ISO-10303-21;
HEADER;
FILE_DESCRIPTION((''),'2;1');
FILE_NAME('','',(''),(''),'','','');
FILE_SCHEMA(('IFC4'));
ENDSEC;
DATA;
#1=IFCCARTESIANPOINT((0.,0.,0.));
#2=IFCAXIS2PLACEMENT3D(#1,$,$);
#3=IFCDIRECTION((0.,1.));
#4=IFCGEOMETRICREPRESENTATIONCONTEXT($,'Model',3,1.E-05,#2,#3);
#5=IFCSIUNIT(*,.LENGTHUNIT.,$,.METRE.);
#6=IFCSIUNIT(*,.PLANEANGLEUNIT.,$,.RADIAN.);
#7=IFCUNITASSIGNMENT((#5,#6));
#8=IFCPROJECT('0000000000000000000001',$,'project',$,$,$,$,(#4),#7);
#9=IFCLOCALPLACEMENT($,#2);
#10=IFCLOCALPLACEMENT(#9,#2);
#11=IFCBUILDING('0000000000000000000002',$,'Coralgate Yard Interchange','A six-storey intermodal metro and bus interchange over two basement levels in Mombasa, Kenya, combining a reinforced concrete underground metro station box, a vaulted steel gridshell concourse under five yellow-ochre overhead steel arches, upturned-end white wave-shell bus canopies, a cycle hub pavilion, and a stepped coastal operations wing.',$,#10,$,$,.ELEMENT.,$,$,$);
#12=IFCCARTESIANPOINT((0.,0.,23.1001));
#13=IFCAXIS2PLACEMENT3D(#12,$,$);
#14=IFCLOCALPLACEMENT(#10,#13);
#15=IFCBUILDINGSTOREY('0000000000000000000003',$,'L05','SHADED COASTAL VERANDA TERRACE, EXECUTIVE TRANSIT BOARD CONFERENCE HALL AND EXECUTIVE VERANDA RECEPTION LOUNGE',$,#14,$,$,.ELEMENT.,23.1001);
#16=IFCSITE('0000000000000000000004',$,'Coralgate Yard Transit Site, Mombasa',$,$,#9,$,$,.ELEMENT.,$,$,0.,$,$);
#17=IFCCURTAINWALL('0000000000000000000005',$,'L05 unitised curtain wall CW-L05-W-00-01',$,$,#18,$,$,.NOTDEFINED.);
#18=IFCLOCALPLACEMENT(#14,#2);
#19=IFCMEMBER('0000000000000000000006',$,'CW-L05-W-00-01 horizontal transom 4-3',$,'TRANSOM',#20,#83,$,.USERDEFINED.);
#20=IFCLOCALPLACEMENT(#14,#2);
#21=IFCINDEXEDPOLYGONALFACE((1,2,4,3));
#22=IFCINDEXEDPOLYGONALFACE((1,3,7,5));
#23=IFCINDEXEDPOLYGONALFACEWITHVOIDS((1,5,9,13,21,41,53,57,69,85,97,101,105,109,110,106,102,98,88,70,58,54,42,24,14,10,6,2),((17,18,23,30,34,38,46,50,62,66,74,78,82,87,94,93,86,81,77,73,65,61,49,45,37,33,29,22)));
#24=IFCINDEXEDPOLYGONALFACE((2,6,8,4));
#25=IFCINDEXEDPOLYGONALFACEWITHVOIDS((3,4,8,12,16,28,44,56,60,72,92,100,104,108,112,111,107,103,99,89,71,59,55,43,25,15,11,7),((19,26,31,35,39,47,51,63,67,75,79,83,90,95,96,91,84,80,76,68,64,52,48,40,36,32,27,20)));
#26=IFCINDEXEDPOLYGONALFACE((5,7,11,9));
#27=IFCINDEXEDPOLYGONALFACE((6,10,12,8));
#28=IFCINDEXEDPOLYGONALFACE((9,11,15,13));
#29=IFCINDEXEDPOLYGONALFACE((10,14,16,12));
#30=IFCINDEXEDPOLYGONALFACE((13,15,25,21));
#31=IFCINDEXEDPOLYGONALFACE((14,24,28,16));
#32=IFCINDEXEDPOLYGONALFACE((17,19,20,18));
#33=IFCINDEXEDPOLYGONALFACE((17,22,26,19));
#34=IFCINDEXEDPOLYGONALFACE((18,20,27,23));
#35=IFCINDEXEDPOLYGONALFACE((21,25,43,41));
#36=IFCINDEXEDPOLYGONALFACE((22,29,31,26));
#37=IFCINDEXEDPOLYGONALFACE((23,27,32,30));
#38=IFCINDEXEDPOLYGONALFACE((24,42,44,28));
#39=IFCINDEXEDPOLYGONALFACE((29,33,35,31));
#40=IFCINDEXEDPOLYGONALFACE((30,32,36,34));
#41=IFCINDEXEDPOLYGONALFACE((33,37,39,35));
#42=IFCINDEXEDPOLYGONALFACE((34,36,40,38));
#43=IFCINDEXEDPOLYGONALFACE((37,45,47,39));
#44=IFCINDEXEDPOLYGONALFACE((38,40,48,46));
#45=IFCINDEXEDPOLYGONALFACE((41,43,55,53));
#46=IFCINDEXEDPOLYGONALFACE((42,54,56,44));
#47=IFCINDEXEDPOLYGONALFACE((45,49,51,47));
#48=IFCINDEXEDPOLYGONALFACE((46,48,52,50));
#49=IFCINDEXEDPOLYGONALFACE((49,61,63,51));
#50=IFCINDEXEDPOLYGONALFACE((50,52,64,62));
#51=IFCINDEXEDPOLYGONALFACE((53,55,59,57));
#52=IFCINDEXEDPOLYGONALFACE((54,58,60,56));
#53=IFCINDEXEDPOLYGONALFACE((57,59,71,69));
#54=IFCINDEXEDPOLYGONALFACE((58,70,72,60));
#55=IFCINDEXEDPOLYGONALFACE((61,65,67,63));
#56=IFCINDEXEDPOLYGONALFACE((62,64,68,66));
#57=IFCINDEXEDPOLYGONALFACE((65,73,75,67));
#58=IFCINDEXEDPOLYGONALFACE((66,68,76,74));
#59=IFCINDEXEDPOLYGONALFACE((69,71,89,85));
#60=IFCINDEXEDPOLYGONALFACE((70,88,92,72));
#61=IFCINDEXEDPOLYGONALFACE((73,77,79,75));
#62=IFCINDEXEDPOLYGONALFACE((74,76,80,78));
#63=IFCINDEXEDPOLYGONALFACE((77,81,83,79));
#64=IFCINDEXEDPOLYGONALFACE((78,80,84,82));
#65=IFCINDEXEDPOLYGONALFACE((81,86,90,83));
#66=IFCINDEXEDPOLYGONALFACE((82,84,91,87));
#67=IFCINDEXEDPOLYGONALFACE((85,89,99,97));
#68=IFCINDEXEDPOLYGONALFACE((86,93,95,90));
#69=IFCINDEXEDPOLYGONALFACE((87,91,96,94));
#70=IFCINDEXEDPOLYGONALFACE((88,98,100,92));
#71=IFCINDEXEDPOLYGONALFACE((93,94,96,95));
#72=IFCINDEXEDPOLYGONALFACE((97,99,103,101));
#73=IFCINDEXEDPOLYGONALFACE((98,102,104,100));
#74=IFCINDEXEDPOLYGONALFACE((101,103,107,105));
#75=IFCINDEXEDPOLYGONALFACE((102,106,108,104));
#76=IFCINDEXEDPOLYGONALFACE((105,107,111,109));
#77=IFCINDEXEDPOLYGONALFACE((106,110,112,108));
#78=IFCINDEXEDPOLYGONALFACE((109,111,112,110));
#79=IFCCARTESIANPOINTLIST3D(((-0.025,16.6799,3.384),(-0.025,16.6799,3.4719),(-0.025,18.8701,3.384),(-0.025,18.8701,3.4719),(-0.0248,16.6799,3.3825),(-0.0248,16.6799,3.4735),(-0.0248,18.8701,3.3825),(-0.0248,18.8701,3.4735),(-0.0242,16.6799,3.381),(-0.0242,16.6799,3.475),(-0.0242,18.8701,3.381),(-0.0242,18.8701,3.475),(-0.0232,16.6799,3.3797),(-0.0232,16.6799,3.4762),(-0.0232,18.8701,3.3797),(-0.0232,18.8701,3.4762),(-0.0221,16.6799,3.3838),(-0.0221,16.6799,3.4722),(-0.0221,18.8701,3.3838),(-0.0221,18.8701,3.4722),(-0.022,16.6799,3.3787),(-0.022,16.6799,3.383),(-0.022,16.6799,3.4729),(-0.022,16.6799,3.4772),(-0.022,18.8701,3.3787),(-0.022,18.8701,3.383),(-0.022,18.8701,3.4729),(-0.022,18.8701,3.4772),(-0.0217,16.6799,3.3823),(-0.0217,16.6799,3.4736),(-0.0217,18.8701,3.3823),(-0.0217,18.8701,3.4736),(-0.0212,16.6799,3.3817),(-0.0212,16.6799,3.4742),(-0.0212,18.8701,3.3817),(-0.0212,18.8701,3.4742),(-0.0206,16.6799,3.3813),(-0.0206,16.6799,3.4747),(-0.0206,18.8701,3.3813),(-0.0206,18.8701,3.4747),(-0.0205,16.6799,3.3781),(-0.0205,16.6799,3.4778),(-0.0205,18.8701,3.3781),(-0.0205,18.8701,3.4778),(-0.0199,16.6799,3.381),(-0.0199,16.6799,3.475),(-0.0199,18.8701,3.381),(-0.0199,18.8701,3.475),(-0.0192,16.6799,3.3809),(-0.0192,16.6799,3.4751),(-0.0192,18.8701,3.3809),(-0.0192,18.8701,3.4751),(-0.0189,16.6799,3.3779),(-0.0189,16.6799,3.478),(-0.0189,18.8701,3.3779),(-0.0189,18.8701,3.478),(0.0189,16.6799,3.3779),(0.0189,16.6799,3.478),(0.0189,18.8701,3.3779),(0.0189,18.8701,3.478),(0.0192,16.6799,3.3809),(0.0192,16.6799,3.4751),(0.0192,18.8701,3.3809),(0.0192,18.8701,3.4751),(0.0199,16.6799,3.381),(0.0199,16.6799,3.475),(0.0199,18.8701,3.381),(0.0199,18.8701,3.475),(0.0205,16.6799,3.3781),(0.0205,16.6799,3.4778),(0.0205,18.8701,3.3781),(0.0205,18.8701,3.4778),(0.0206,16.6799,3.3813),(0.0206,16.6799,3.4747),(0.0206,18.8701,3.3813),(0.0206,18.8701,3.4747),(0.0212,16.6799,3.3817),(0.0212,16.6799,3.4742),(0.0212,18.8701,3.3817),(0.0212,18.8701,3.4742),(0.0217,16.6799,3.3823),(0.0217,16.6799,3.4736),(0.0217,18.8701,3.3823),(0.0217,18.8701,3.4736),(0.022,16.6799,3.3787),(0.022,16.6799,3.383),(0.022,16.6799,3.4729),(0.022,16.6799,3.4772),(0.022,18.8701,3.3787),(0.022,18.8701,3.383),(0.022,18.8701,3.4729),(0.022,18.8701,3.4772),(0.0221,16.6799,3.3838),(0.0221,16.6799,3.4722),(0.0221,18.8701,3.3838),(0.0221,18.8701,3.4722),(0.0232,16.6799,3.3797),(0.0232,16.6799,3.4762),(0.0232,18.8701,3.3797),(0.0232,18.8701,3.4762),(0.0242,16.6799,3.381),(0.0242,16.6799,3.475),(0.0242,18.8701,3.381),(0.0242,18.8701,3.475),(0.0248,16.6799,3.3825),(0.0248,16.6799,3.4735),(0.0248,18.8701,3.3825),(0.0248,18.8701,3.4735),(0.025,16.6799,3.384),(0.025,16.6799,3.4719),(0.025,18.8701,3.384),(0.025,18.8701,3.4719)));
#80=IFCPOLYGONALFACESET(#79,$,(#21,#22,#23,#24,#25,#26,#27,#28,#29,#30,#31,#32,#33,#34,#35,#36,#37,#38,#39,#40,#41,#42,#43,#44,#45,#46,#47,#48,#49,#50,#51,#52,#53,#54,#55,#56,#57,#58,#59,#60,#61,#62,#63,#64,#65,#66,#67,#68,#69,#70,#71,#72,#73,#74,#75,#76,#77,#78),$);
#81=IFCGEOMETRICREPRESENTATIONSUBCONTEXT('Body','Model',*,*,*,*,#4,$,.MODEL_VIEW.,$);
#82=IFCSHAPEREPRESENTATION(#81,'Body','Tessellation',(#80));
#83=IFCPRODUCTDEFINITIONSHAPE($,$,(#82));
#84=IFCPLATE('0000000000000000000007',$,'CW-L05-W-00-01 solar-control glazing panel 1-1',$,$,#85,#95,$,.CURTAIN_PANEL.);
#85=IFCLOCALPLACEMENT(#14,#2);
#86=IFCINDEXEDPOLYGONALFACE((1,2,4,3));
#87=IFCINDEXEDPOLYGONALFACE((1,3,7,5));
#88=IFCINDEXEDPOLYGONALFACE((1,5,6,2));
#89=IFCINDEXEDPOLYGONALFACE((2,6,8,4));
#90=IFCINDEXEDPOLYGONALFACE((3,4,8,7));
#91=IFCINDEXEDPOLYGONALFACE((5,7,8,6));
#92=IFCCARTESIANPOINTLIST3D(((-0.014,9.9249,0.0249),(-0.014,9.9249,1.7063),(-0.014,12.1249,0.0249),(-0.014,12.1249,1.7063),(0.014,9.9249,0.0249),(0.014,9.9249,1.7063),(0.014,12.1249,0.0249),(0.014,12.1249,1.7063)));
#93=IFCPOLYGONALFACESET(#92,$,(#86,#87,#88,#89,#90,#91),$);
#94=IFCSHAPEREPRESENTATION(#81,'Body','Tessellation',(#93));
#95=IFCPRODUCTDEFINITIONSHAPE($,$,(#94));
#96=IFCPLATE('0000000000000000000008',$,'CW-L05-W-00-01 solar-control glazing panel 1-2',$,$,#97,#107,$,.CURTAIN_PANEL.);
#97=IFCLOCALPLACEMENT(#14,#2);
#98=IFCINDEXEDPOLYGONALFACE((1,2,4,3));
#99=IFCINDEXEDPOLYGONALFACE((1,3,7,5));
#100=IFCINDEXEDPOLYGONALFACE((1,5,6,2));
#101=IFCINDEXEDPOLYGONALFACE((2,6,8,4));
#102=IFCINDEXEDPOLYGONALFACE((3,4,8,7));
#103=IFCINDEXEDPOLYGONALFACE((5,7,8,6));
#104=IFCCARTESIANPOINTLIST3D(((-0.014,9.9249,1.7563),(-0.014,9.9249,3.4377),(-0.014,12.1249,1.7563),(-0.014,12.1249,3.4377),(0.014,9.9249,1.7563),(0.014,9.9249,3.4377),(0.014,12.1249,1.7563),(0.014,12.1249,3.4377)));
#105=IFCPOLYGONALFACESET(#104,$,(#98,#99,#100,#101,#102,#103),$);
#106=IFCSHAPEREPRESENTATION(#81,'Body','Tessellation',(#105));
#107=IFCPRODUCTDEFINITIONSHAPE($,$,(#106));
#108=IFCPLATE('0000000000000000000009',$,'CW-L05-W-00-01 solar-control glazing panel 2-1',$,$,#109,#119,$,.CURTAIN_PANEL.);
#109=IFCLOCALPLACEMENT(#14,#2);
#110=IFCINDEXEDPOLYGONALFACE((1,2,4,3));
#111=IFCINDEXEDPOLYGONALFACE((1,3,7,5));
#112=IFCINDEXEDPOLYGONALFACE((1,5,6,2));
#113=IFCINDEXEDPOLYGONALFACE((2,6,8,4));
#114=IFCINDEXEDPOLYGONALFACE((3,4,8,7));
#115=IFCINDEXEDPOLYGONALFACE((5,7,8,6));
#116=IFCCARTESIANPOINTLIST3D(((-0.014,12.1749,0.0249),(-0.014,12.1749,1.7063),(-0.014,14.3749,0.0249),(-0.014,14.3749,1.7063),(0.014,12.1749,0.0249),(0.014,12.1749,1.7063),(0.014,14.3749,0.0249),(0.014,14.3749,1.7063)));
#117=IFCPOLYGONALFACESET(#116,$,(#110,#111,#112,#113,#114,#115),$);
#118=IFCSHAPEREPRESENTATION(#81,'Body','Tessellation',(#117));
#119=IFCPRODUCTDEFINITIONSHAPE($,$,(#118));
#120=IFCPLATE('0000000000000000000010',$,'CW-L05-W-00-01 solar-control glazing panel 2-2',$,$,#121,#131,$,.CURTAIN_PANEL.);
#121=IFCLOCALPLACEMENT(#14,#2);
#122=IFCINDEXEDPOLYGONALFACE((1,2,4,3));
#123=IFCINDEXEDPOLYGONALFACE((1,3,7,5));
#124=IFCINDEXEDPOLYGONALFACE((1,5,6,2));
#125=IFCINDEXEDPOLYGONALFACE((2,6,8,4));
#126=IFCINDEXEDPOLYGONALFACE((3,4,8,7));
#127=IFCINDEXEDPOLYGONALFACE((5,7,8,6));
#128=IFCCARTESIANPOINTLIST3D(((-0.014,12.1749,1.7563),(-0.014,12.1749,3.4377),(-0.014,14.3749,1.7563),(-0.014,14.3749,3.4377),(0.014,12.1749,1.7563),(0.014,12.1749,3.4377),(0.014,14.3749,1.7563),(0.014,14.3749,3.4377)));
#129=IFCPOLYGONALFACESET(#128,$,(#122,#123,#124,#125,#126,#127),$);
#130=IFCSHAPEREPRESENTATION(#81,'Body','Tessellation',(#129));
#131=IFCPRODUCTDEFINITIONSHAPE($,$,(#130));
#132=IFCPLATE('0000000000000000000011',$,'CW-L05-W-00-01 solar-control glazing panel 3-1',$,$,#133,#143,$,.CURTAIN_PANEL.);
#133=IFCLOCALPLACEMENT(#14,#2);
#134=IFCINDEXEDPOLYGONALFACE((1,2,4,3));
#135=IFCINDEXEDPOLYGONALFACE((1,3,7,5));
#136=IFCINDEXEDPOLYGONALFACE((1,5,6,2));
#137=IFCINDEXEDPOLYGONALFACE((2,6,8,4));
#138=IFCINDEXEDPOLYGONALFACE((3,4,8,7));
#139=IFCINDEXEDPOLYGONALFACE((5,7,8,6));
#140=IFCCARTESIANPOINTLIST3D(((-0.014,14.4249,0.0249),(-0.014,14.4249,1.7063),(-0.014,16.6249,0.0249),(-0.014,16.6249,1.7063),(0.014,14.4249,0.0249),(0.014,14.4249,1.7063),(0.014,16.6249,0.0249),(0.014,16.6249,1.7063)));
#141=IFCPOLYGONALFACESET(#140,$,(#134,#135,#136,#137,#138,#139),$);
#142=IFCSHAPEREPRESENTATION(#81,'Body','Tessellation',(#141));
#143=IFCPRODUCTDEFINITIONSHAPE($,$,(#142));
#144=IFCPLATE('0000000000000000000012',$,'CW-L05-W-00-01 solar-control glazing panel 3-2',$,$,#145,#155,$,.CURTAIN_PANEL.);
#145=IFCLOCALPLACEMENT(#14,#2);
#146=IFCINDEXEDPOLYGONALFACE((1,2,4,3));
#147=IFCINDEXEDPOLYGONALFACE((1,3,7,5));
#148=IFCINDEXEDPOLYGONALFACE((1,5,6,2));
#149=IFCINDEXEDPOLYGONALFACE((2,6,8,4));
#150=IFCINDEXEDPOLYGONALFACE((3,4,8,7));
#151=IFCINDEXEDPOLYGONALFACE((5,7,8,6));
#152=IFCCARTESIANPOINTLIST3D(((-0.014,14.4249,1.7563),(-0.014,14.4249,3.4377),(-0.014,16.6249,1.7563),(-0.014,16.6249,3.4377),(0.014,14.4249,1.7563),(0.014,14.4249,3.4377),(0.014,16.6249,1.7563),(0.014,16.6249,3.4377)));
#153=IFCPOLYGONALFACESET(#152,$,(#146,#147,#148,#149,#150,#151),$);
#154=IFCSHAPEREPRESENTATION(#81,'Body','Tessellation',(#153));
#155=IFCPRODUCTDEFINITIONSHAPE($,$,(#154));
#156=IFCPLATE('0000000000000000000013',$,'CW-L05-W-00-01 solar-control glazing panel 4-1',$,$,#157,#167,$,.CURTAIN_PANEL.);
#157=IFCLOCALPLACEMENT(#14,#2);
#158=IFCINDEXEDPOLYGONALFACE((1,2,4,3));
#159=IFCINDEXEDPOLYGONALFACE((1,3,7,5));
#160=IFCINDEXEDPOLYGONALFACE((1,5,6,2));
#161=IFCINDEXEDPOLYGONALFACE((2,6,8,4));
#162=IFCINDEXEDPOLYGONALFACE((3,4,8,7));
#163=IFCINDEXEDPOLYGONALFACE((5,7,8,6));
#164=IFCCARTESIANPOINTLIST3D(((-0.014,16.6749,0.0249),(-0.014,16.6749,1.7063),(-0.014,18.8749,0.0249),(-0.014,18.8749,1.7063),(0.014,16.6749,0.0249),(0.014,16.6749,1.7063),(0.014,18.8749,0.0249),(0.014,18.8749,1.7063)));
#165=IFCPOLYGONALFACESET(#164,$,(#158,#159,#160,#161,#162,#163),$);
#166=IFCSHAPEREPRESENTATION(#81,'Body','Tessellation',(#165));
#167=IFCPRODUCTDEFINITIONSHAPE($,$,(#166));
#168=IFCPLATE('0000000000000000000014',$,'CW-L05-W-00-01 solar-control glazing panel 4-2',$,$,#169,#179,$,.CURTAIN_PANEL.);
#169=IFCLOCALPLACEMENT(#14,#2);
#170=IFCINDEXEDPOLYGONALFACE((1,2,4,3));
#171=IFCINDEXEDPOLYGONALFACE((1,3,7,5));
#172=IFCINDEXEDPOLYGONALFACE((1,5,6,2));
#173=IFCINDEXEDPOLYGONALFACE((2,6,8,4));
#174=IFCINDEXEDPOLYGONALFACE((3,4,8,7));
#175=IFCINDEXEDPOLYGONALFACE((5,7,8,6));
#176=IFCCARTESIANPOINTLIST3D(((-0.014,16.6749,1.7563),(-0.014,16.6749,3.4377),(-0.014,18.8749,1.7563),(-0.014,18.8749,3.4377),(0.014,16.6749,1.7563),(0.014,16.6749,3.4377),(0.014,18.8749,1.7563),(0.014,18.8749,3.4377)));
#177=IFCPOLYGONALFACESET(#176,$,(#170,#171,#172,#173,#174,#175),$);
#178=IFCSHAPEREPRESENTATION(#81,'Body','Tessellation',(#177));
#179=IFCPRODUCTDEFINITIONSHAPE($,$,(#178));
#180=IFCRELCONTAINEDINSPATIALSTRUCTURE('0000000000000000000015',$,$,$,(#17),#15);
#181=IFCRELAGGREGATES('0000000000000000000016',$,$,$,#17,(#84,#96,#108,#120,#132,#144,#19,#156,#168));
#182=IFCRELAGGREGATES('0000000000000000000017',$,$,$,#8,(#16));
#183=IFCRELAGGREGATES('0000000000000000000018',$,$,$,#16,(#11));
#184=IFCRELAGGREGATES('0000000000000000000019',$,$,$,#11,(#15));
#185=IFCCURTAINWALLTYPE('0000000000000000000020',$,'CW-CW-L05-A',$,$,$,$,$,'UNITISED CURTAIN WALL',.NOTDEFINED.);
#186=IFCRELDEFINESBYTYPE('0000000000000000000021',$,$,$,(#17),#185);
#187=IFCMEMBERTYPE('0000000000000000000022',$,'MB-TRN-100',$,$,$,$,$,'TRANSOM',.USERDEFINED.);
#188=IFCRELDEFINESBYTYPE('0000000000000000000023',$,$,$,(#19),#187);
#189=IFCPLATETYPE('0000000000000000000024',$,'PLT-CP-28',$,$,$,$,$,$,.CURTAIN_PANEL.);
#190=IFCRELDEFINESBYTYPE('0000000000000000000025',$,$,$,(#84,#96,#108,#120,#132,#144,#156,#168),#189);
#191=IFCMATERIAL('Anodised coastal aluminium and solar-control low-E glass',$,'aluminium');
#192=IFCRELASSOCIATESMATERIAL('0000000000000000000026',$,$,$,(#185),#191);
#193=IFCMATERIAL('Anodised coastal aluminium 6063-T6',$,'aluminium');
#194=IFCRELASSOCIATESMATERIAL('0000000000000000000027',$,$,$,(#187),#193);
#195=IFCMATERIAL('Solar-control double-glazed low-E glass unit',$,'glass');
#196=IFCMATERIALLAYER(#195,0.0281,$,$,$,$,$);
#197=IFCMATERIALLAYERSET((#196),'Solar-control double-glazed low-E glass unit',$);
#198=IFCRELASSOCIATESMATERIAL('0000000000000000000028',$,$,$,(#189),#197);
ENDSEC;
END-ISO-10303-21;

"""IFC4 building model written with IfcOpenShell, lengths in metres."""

from ifc_helpers import new_model, si_unit, direction, frame, origin, origin_2d, place, context, subcontext, project, spatial, rectangle, hollow_rectangle, extrude, material, layer, layer_set, material_profile, profile_set, type_object, element, aggregate, save


model = new_model("IFC4")

# Units and contexts
model_context = context("Model", 3, precision=1e-05, world=origin(), true_north=direction((0.0, 1.0)))
body_context = subcontext(model_context, "Body", "Model", "MODEL_VIEW")
ifc_project = project(units=[si_unit("LENGTHUNIT", "METRE"), si_unit("PLANEANGLEUNIT", "RADIAN")], contexts=[model_context])

# Site, building, storey
site_placement = place(None, origin())
site = spatial("IfcSite", under=ifc_project, at=site_placement, Name="Coralgate Yard Transit Site, Mombasa", CompositionType="ELEMENT", RefElevation=0.0)
building_placement = place(site_placement, origin())
building = spatial("IfcBuilding", under=site, at=building_placement, Name="Coralgate Yard Interchange", Description="A six-storey intermodal metro and bus interchange over two basement levels in Mombasa, Kenya, combining a reinforced concrete underground metro station box, a vaulted steel gridshell concourse under five yellow-ochre overhead steel arches, upturned-end white wave-shell bus canopies, a cycle hub pavilion, and a stepped coastal operations wing.", CompositionType="ELEMENT")
storey_placement = place(building_placement, frame((0.0, 0.0, 23.1001)))
storey = spatial("IfcBuildingStorey", under=building, at=storey_placement, Name="L05", Description="SHADED COASTAL VERANDA TERRACE, EXECUTIVE TRANSIT BOARD CONFERENCE HALL AND EXECUTIVE VERANDA RECEPTION LOUNGE", CompositionType="ELEMENT", Elevation=23.1001)

# Curtain wall, member, plates
ifc_material_1 = material(Name="Anodised coastal aluminium and solar-control low-E glass", Category="aluminium")
curtain_wall_type = type_object("IfcCurtainWallType", Name="CW-CW-L05-A", ElementType="UNITISED CURTAIN WALL", PredefinedType="NOTDEFINED", material=ifc_material_1)
curtain_wall_placement = place(storey_placement, origin())
curtain_wall = element("IfcCurtainWall", 1, at=curtain_wall_placement, inside=storey, type_object=curtain_wall_type, Name="L05 unitised curtain wall CW-L05-W-00-01", PredefinedType="NOTDEFINED")
ifc_material_2 = material(Name="Anodised coastal aluminium 6063-T6", Category="aluminium")
ifc_material_profile_1 = material_profile(ifc_material_2, hollow_rectangle(XDim=0.05, YDim=0.1001, WallThickness=0.0029, InnerFilletRadius=0.0029, OuterFilletRadius=0.0061, at=origin_2d()), Name="ALU 50x100x3")
ifc_profile_set_1 = profile_set([ifc_material_profile_1], Name="Anodised coastal aluminium 6063-T6")
member_type_1 = type_object("IfcMemberType", Name="MB-TRN-100", ElementType="TRANSOM", PredefinedType="USERDEFINED", material=ifc_profile_set_1)
member_1_placement = place(storey_placement, frame((0.0, 16.6799, 3.428), z_axis=(0.0, 1.0, 0.0), x_axis=(-1.0, 0.0, 0.0)))
member_1 = element("IfcMember", 2, at=member_1_placement, type_object=member_type_1, Name="CW-L05-W-00-01 horizontal transom 4-3", ObjectType="TRANSOM", PredefinedType="USERDEFINED", context=body_context, shape_type="SweptSolid", body=[
    extrude(hollow_rectangle(XDim=0.05, YDim=0.1001, WallThickness=0.0029, InnerFilletRadius=0.0029, OuterFilletRadius=0.0061, at=origin_2d()), origin(), (0.0, 0.0, 1.0), 2.1902),
])
ifc_material_3 = material(Name="Solar-control double-glazed low-E glass unit", Category="glass")
ifc_layer = layer(ifc_material_3, 0.0281)
ifc_layer_set = layer_set([ifc_layer], Name="Solar-control double-glazed low-E glass unit")
plate_type = type_object("IfcPlateType", Name="PLT-CP-28", PredefinedType="CURTAIN_PANEL", material=ifc_layer_set)
plate_1_placement = place(storey_placement, frame((0.0, 11.0249, 0.0249), z_axis=(0.0, 0.0, 1.0), x_axis=(0.0, 1.0, 0.0)))
plate_1 = element("IfcPlate", 3, at=plate_1_placement, type_object=plate_type, Name="CW-L05-W-00-01 solar-control glazing panel 1-1", PredefinedType="CURTAIN_PANEL", context=body_context, shape_type="SweptSolid", body=[
    extrude(rectangle(XDim=2.2, YDim=0.0281, at=origin_2d()), origin(), (0.0, 0.0, 1.0), 1.6814),
])
plate_2_placement = place(storey_placement, frame((0.0, 11.0249, 1.7563), z_axis=(0.0, 0.0, 1.0), x_axis=(0.0, 1.0, 0.0)))
plate_2 = element("IfcPlate", 4, at=plate_2_placement, type_object=plate_type, Name="CW-L05-W-00-01 solar-control glazing panel 1-2", PredefinedType="CURTAIN_PANEL", context=body_context, shape_type="SweptSolid", body=[
    extrude(rectangle(XDim=2.2, YDim=0.0281, at=origin_2d()), origin(), (0.0, 0.0, 1.0), 1.6814),
])
plate_3_placement = place(storey_placement, frame((0.0, 13.2749, 0.0249), z_axis=(0.0, 0.0, 1.0), x_axis=(0.0, 1.0, 0.0)))
plate_3 = element("IfcPlate", 5, at=plate_3_placement, type_object=plate_type, Name="CW-L05-W-00-01 solar-control glazing panel 2-1", PredefinedType="CURTAIN_PANEL", context=body_context, shape_type="SweptSolid", body=[
    extrude(rectangle(XDim=2.2, YDim=0.0281, at=origin_2d()), origin(), (0.0, 0.0, 1.0), 1.6814),
])
plate_4_placement = place(storey_placement, frame((0.0, 13.2749, 1.7563), z_axis=(0.0, 0.0, 1.0), x_axis=(0.0, 1.0, 0.0)))
plate_4 = element("IfcPlate", 6, at=plate_4_placement, type_object=plate_type, Name="CW-L05-W-00-01 solar-control glazing panel 2-2", PredefinedType="CURTAIN_PANEL", context=body_context, shape_type="SweptSolid", body=[
    extrude(rectangle(XDim=2.2, YDim=0.0281, at=origin_2d()), origin(), (0.0, 0.0, 1.0), 1.6814),
])
plate_5_placement = place(storey_placement, frame((0.0, 15.5249, 0.0249), z_axis=(0.0, 0.0, 1.0), x_axis=(0.0, 1.0, 0.0)))
plate_5 = element("IfcPlate", 7, at=plate_5_placement, type_object=plate_type, Name="CW-L05-W-00-01 solar-control glazing panel 3-1", PredefinedType="CURTAIN_PANEL", context=body_context, shape_type="SweptSolid", body=[
    extrude(rectangle(XDim=2.2, YDim=0.0281, at=origin_2d()), origin(), (0.0, 0.0, 1.0), 1.6814),
])
plate_6_placement = place(storey_placement, frame((0.0, 15.5249, 1.7563), z_axis=(0.0, 0.0, 1.0), x_axis=(0.0, 1.0, 0.0)))
plate_6 = element("IfcPlate", 8, at=plate_6_placement, type_object=plate_type, Name="CW-L05-W-00-01 solar-control glazing panel 3-2", PredefinedType="CURTAIN_PANEL", context=body_context, shape_type="SweptSolid", body=[
    extrude(rectangle(XDim=2.2, YDim=0.0281, at=origin_2d()), origin(), (0.0, 0.0, 1.0), 1.6814),
])
plate_7_placement = place(storey_placement, frame((0.0, 17.7749, 0.0249), z_axis=(0.0, 0.0, 1.0), x_axis=(0.0, 1.0, 0.0)))
plate_7 = element("IfcPlate", 9, at=plate_7_placement, type_object=plate_type, Name="CW-L05-W-00-01 solar-control glazing panel 4-1", PredefinedType="CURTAIN_PANEL", context=body_context, shape_type="SweptSolid", body=[
    extrude(rectangle(XDim=2.2, YDim=0.0281, at=origin_2d()), origin(), (0.0, 0.0, 1.0), 1.6814),
])
plate_8_placement = place(storey_placement, frame((0.0, 17.7749, 1.7563), z_axis=(0.0, 0.0, 1.0), x_axis=(0.0, 1.0, 0.0)))
plate_8 = element("IfcPlate", 10, at=plate_8_placement, type_object=plate_type, Name="CW-L05-W-00-01 solar-control glazing panel 4-2", PredefinedType="CURTAIN_PANEL", context=body_context, shape_type="SweptSolid", body=[
    extrude(rectangle(XDim=2.2, YDim=0.0281, at=origin_2d()), origin(), (0.0, 0.0, 1.0), 1.6814),
])
aggregate(curtain_wall, [plate_1, plate_2, plate_3, plate_4, plate_5, plate_6, member_1, plate_7, plate_8])

save(model, "model.ifc")
